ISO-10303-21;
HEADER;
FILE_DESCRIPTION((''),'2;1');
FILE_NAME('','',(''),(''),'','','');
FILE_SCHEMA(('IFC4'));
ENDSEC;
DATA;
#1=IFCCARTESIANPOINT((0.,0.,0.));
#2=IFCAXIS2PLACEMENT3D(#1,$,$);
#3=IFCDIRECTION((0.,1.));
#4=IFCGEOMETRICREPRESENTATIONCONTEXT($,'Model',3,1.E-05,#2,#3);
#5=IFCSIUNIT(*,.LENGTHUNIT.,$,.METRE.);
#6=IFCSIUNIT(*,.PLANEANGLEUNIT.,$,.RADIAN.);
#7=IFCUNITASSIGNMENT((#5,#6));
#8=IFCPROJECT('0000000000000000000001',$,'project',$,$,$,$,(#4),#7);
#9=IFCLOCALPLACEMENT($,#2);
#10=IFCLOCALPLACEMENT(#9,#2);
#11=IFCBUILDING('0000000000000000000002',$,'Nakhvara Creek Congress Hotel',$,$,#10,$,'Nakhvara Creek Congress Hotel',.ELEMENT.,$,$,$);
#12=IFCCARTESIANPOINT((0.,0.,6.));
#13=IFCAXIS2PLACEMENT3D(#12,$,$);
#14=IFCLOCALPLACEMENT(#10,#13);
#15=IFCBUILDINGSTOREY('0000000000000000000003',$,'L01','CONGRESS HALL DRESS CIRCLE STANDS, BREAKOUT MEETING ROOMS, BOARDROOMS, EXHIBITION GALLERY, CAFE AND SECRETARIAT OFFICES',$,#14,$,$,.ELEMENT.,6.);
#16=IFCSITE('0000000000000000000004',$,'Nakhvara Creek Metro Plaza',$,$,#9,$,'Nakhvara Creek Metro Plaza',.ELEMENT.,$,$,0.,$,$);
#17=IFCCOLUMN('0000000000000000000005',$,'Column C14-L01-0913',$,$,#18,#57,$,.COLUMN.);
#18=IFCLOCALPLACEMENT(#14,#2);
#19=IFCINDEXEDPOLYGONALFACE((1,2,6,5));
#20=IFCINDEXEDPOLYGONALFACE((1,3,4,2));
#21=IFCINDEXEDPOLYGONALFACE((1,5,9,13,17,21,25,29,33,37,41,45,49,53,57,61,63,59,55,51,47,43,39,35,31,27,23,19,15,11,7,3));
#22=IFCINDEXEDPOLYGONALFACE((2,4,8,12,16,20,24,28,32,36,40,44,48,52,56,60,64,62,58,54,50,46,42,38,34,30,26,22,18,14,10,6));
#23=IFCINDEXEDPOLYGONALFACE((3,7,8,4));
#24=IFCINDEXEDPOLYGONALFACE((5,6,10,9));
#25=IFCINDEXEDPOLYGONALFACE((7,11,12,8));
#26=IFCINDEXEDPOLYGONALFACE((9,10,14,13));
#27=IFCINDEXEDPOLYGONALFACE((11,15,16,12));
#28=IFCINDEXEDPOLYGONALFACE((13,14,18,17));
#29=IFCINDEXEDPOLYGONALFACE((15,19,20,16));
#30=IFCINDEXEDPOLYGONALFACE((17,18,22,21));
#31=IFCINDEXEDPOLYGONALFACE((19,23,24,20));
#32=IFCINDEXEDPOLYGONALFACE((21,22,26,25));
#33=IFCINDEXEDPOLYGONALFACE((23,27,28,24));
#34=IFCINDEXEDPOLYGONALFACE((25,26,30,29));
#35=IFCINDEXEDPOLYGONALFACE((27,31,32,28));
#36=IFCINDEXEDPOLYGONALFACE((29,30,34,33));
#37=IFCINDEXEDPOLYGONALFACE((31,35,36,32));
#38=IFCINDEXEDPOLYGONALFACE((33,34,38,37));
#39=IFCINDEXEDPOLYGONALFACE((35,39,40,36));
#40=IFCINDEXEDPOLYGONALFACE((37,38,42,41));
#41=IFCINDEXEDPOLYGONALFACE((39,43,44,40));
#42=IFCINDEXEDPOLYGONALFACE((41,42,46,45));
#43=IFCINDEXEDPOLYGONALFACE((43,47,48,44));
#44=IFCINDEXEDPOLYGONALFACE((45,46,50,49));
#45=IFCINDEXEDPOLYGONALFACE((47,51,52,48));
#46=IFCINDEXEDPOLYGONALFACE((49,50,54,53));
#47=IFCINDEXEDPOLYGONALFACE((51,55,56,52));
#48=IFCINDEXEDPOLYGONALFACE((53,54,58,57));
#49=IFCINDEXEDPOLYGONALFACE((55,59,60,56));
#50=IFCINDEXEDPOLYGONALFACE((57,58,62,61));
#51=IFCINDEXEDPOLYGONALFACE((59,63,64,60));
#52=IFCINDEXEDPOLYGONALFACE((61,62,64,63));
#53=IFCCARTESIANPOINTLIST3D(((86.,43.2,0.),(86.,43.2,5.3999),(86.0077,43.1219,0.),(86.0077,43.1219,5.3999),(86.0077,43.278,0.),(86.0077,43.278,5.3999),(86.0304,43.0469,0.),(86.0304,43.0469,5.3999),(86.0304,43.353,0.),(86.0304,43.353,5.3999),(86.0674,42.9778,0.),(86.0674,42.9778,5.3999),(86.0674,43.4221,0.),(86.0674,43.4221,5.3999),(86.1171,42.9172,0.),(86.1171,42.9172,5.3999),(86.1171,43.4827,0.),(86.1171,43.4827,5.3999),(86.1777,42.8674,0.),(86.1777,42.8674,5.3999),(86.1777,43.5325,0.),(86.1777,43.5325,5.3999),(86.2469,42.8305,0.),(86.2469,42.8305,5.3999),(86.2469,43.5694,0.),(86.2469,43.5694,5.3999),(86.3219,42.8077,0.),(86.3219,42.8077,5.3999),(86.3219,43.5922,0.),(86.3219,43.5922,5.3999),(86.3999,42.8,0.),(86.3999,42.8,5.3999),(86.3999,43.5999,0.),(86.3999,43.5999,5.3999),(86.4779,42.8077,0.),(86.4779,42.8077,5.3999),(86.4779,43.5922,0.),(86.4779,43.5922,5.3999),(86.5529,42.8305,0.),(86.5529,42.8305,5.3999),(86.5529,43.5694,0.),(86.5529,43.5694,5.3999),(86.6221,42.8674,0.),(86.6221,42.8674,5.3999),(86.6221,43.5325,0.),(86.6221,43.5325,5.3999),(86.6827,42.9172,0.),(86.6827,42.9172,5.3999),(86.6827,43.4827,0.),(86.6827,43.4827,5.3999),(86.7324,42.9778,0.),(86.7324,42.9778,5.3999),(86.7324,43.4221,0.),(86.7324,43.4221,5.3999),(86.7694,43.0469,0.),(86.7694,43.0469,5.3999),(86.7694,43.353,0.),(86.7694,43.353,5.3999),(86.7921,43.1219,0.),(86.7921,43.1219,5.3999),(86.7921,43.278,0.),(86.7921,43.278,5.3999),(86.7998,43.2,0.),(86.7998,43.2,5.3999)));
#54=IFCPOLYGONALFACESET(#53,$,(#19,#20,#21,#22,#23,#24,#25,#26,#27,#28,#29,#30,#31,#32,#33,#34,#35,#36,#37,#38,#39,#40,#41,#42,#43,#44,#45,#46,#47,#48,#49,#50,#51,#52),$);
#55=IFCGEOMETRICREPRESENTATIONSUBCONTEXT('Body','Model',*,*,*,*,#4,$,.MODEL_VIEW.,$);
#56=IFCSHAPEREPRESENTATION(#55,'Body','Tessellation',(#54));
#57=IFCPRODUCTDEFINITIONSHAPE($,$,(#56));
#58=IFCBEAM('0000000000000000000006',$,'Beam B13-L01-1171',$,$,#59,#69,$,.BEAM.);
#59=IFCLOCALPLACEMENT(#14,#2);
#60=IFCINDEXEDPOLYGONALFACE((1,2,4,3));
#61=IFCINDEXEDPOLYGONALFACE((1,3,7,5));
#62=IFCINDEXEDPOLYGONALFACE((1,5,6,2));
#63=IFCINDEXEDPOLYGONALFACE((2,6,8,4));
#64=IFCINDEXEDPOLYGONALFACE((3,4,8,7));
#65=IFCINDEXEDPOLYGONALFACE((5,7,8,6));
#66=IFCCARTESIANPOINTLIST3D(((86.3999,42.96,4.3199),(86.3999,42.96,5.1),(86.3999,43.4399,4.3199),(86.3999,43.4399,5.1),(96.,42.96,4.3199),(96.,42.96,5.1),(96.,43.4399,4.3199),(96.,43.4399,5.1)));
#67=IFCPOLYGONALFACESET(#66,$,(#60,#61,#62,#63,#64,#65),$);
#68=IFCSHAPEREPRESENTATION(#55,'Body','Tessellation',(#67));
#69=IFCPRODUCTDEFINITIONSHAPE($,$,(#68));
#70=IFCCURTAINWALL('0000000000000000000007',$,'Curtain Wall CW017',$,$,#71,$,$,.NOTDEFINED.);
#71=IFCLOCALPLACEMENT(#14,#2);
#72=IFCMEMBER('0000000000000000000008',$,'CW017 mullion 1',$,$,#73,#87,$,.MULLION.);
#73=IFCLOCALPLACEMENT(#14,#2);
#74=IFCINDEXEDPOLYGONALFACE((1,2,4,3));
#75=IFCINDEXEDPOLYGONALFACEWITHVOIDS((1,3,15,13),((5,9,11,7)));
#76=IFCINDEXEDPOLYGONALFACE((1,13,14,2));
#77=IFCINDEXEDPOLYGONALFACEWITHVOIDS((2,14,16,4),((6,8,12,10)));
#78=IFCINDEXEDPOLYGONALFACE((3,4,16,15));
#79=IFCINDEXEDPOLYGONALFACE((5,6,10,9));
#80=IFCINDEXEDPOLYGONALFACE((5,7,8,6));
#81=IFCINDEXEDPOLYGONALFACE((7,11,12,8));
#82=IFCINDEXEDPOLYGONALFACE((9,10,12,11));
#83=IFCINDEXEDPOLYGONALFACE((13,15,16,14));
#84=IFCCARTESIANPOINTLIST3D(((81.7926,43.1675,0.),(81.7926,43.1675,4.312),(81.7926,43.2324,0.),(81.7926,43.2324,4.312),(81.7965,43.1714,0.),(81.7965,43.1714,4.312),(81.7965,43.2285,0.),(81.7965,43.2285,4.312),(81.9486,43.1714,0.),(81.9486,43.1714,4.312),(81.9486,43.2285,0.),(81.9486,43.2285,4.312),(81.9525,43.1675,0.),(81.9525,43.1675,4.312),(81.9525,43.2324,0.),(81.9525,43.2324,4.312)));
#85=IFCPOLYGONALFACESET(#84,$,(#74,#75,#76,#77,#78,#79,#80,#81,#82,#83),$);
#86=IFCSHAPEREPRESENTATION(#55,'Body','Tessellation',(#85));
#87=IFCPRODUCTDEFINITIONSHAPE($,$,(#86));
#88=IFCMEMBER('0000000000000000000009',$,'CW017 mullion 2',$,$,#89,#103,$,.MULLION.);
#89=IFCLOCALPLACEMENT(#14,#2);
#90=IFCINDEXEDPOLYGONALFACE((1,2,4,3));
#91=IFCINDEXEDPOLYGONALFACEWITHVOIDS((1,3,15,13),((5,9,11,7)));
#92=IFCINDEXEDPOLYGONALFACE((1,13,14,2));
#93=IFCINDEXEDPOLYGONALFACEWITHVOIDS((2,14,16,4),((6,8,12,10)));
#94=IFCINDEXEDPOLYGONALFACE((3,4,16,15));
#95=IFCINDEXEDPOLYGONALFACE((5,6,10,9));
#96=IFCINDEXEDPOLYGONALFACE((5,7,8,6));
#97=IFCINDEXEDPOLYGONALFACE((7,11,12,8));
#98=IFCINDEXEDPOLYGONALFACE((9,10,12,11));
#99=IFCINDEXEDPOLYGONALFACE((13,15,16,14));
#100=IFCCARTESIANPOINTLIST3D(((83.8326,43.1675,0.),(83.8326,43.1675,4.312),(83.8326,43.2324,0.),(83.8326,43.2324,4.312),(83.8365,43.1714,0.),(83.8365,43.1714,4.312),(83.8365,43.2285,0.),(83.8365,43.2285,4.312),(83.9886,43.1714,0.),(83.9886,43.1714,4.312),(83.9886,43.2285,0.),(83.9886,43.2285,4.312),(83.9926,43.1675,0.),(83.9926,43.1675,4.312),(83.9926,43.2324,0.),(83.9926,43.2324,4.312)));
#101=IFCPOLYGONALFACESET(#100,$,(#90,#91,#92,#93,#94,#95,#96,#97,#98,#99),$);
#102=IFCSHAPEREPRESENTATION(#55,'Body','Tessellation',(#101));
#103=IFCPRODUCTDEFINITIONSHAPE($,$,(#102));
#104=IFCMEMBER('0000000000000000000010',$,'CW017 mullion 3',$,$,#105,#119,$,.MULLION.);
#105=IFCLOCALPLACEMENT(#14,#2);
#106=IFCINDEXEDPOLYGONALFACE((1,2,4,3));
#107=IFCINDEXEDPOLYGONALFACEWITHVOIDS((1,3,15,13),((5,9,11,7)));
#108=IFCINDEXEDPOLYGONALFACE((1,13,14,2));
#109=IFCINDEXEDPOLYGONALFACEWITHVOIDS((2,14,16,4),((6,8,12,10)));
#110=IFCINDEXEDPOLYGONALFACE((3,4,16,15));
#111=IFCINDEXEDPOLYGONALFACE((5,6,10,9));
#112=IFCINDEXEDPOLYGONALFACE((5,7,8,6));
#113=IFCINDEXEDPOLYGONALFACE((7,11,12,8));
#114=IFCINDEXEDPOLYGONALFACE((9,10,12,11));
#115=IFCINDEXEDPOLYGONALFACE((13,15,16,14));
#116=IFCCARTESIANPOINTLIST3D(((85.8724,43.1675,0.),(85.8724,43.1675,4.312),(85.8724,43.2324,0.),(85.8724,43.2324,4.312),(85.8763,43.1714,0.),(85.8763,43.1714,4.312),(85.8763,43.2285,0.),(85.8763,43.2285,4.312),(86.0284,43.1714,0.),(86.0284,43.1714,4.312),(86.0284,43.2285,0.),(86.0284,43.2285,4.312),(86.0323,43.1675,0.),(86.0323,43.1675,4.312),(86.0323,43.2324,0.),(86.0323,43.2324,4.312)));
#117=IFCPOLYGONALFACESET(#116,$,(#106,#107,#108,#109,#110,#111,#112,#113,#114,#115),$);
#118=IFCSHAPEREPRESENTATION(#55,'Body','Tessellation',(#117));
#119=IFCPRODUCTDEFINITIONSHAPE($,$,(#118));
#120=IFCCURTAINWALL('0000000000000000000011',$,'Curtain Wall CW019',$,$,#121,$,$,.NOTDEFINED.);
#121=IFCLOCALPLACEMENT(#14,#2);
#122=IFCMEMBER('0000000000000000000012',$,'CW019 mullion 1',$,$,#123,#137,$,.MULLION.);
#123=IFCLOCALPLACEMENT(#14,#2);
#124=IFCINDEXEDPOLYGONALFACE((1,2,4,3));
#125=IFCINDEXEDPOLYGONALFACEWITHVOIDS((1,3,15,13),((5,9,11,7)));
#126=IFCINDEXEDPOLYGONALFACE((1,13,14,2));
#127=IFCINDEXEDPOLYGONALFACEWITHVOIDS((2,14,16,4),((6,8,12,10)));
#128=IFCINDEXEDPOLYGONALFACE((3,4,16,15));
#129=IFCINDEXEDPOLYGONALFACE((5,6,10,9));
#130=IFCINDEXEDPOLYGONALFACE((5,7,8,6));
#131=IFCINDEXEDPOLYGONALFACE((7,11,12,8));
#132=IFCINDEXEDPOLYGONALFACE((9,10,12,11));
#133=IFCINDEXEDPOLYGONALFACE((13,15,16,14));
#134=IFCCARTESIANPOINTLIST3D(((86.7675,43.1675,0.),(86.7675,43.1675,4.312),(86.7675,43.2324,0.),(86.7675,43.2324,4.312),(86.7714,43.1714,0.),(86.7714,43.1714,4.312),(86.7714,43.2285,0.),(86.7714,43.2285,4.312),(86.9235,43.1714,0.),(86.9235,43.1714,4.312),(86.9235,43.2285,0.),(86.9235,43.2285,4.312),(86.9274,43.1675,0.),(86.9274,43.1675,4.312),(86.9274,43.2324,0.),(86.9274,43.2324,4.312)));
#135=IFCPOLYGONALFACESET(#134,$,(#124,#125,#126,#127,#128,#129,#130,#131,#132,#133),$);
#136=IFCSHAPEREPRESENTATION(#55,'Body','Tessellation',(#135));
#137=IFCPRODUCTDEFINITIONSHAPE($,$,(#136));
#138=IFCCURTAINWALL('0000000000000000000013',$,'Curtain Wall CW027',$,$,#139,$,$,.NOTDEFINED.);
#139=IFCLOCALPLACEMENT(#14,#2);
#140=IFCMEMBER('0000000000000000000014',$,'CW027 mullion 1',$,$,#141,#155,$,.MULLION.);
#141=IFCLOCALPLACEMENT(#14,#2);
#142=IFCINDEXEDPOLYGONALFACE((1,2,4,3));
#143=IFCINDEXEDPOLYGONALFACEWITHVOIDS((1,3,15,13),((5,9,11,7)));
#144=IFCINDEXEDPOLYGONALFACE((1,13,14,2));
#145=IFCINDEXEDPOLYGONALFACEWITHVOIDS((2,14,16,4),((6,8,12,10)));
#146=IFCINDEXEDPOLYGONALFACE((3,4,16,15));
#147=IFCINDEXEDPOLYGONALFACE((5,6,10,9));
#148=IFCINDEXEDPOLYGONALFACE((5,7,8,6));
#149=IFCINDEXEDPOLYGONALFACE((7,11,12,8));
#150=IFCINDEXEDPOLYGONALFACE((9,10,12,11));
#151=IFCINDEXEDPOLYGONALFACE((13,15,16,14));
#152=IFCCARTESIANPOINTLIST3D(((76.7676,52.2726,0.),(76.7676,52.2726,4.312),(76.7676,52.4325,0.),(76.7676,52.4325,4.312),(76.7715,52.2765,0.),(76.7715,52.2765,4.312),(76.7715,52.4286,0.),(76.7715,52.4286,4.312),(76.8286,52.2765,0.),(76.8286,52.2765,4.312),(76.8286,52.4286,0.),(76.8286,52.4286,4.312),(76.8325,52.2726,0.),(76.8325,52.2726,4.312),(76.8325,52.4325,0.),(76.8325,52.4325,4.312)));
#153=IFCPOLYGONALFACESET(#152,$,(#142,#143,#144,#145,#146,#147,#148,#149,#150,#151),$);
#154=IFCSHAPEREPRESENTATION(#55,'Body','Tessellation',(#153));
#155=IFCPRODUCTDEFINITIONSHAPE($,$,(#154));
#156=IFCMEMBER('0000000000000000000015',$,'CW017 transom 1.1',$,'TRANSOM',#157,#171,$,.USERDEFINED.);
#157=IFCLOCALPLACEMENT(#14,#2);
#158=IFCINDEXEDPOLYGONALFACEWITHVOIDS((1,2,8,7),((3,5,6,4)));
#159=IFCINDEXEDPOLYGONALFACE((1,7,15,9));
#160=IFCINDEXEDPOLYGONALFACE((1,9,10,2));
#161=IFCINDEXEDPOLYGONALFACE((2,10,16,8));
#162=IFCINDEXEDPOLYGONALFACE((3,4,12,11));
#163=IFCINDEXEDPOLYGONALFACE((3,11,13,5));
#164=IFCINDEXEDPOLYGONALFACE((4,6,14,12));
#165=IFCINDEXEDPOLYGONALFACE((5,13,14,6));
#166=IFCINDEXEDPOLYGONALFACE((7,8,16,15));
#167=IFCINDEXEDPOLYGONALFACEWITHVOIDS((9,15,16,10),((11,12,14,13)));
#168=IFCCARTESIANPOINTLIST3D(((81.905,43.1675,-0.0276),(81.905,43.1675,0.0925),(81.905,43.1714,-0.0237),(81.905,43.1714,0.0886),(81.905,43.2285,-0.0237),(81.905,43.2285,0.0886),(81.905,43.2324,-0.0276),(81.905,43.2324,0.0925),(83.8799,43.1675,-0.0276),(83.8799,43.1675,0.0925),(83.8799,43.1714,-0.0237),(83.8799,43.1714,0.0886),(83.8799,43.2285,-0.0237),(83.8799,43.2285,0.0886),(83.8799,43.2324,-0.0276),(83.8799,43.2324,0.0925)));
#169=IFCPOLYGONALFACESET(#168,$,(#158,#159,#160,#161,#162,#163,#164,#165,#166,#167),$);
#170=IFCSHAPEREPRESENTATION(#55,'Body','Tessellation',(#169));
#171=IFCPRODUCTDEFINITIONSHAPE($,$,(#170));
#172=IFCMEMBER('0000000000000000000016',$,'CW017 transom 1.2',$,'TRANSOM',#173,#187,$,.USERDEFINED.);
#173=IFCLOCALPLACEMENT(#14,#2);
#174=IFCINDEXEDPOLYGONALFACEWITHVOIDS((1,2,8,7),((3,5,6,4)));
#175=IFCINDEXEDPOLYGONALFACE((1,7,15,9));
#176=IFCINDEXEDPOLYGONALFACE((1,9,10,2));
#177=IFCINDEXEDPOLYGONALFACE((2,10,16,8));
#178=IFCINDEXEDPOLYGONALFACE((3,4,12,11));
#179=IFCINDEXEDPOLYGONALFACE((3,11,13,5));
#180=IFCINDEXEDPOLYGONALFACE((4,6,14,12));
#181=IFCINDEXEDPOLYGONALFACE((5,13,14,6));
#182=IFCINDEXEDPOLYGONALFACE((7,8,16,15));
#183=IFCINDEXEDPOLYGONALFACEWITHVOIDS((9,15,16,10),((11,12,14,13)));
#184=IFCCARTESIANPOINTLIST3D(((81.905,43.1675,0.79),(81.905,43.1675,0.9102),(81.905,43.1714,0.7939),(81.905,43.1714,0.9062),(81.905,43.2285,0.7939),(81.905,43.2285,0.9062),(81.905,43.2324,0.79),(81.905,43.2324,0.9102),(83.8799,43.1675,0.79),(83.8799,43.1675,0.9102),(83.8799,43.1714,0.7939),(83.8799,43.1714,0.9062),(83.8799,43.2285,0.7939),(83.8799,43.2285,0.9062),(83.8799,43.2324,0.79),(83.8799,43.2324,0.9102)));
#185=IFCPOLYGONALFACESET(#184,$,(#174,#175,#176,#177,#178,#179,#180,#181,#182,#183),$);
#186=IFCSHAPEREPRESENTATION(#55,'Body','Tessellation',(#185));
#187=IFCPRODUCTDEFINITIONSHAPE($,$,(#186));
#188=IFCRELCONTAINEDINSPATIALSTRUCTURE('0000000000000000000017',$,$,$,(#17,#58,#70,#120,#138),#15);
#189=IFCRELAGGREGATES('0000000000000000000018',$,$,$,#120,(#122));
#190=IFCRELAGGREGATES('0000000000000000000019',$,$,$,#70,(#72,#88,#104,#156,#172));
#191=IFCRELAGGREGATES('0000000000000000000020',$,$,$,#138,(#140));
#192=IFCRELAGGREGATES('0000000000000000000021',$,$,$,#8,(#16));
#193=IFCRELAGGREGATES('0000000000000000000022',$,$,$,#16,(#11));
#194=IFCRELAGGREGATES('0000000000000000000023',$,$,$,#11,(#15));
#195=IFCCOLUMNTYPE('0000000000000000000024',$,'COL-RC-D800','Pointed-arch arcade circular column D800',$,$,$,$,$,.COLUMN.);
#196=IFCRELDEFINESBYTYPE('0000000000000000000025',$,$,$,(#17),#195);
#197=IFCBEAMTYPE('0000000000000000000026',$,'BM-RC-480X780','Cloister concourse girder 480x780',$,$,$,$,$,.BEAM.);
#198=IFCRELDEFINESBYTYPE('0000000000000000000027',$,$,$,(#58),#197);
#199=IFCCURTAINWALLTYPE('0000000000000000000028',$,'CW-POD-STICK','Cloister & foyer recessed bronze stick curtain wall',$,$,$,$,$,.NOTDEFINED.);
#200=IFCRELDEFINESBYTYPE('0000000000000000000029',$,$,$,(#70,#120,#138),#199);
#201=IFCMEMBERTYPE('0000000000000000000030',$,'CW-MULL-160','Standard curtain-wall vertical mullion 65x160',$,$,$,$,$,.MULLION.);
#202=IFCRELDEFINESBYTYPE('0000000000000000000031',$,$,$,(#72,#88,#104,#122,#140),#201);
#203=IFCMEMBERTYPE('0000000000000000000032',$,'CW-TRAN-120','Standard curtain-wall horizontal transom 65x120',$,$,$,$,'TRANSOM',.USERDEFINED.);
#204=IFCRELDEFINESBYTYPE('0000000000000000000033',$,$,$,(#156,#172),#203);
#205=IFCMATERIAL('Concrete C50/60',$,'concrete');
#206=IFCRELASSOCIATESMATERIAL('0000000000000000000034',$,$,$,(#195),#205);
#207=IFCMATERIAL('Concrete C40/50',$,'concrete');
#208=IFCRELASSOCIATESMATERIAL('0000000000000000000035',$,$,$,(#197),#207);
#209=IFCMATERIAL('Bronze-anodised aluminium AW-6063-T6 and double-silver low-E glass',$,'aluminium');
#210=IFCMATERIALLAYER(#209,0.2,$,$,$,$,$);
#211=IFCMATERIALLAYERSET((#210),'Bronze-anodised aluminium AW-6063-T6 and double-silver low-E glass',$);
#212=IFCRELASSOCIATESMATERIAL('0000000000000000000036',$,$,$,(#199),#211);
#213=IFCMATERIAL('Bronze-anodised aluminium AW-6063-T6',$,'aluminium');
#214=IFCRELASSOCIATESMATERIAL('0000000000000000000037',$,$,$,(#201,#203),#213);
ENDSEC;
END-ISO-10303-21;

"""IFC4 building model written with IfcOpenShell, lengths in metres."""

from ifc_helpers import new_model, si_unit, direction, frame, origin, origin_2d, place, context, subcontext, project, spatial, rectangle, hollow_rectangle, circle, extrude, material, layer, layer_set, material_profile, profile_set, type_object, element, aggregate, save


model = new_model("IFC4")

# Units and contexts
model_context = context("Model", 3, precision=1e-05, world=origin(), true_north=direction((0.0, 1.0)))
body_context = subcontext(model_context, "Body", "Model", "MODEL_VIEW")
ifc_project = project(units=[si_unit("LENGTHUNIT", "METRE"), si_unit("PLANEANGLEUNIT", "RADIAN")], contexts=[model_context])

# Site, building, storey
site_placement = place(None, origin())
site = spatial("IfcSite", under=ifc_project, at=site_placement, Name="Nakhvara Creek Metro Plaza", LongName="Nakhvara Creek Metro Plaza", CompositionType="ELEMENT", RefElevation=0.0)
building_placement = place(site_placement, origin())
building = spatial("IfcBuilding", under=site, at=building_placement, Name="Nakhvara Creek Congress Hotel", LongName="Nakhvara Creek Congress Hotel", CompositionType="ELEMENT")
storey_placement = place(building_placement, frame((0.0, 0.0, 6.0)))
storey = spatial("IfcBuildingStorey", under=building, at=storey_placement, Name="L01", Description="CONGRESS HALL DRESS CIRCLE STANDS, BREAKOUT MEETING ROOMS, BOARDROOMS, EXHIBITION GALLERY, CAFE AND SECRETARIAT OFFICES", CompositionType="ELEMENT", Elevation=6.0)

# Column
ifc_material_1 = material(Name="Concrete C50/60", Category="concrete")
ifc_material_profile_1 = material_profile(ifc_material_1, circle(Radius=0.3999, at=origin_2d()), Name="RC-COL D800", Category="LoadBearing")
ifc_profile_set_1 = profile_set([ifc_material_profile_1], Name="Concrete C50/60")
column_type = type_object("IfcColumnType", Name="COL-RC-D800", Description="Pointed-arch arcade circular column D800", PredefinedType="COLUMN", material=ifc_profile_set_1)
column_placement = place(storey_placement, frame((86.3999, 43.2, 0.0), z_axis=(0.0, 0.0, 1.0), x_axis=(1.0, 0.0, 0.0)))
element("IfcColumn", 1, at=column_placement, inside=storey, type_object=column_type, Name="Column C14-L01-0913", PredefinedType="COLUMN", context=body_context, shape_type="SweptSolid", body=[
    extrude(circle(Radius=0.3999, at=origin_2d()), origin(), (0.0, 0.0, 1.0), 5.3999),
])

# Beam
ifc_material_2 = material(Name="Concrete C40/50", Category="concrete")
ifc_material_profile_2 = material_profile(ifc_material_2, rectangle(XDim=0.48, YDim=0.78, at=origin_2d()), Name="RC-BM 480x780", Category="LoadBearing")
ifc_profile_set_2 = profile_set([ifc_material_profile_2], Name="Concrete C40/50")
beam_type = type_object("IfcBeamType", Name="BM-RC-480X780", Description="Cloister concourse girder 480x780", PredefinedType="BEAM", material=ifc_profile_set_2)
beam_placement = place(storey_placement, frame((86.3999, 43.2, 4.71), z_axis=(1.0, 0.0, 0.0), x_axis=(0.0, 1.0, 0.0)))
element("IfcBeam", 2, at=beam_placement, inside=storey, type_object=beam_type, Name="Beam B13-L01-1171", PredefinedType="BEAM", context=body_context, shape_type="SweptSolid", body=[
    extrude(rectangle(XDim=0.48, YDim=0.78, at=origin_2d()), origin(), (0.0, 0.0, 1.0), 9.6001),
])

# Curtain wall, members
ifc_material_3 = material(Name="Bronze-anodised aluminium AW-6063-T6 and double-silver low-E glass", Category="aluminium")
ifc_layer = layer(ifc_material_3, 0.2)
ifc_layer_set = layer_set([ifc_layer], Name="Bronze-anodised aluminium AW-6063-T6 and double-silver low-E glass")
curtain_wall_type = type_object("IfcCurtainWallType", Name="CW-POD-STICK", Description="Cloister & foyer recessed bronze stick curtain wall", PredefinedType="NOTDEFINED", material=ifc_layer_set)
curtain_wall_1_placement = place(storey_placement, origin())
curtain_wall_1 = element("IfcCurtainWall", 3, at=curtain_wall_1_placement, inside=storey, type_object=curtain_wall_type, Name="Curtain Wall CW017", PredefinedType="NOTDEFINED")
ifc_material_4 = material(Name="Bronze-anodised aluminium AW-6063-T6", Category="aluminium")
ifc_material_profile_3 = material_profile(ifc_material_4, hollow_rectangle(XDim=0.0649, YDim=0.1599, WallThickness=0.0039, at=origin_2d()), Name="ALU-MULL 65x160x4", Category="LoadBearing")
ifc_profile_set_3 = profile_set([ifc_material_profile_3], Name="Bronze-anodised aluminium AW-6063-T6")
member_type_1 = type_object("IfcMemberType", Name="CW-MULL-160", Description="Standard curtain-wall vertical mullion 65x160", PredefinedType="MULLION", material=ifc_profile_set_3)
member_1_placement = place(storey_placement, frame((81.8726, 43.2, 0.0), z_axis=(0.0, 0.0, 1.0), x_axis=(0.0, 1.0, 0.0)))
member_1 = element("IfcMember", 4, at=member_1_placement, type_object=member_type_1, Name="CW017 mullion 1", PredefinedType="MULLION", context=body_context, shape_type="SweptSolid", body=[
    extrude(hollow_rectangle(XDim=0.0649, YDim=0.1599, WallThickness=0.0039, at=origin_2d()), origin(), (0.0, 0.0, 1.0), 4.312),
])
member_2_placement = place(storey_placement, frame((83.9126, 43.2, 0.0), z_axis=(0.0, 0.0, 1.0), x_axis=(0.0, 1.0, 0.0)))
member_2 = element("IfcMember", 5, at=member_2_placement, type_object=member_type_1, Name="CW017 mullion 2", PredefinedType="MULLION", context=body_context, shape_type="SweptSolid", body=[
    extrude(hollow_rectangle(XDim=0.0649, YDim=0.1599, WallThickness=0.0039, at=origin_2d()), origin(), (0.0, 0.0, 1.0), 4.312),
])
member_3_placement = place(storey_placement, frame((85.9524, 43.2, 0.0), z_axis=(0.0, 0.0, 1.0), x_axis=(0.0, 1.0, 0.0)))
member_3 = element("IfcMember", 6, at=member_3_placement, type_object=member_type_1, Name="CW017 mullion 3", PredefinedType="MULLION", context=body_context, shape_type="SweptSolid", body=[
    extrude(hollow_rectangle(XDim=0.0649, YDim=0.1599, WallThickness=0.0039, at=origin_2d()), origin(), (0.0, 0.0, 1.0), 4.312),
])

# Curtain walls, members
curtain_wall_2_placement = place(storey_placement, origin())
curtain_wall_2 = element("IfcCurtainWall", 7, at=curtain_wall_2_placement, inside=storey, type_object=curtain_wall_type, Name="Curtain Wall CW019", PredefinedType="NOTDEFINED")
member_4_placement = place(storey_placement, frame((86.8474, 43.2, 0.0), z_axis=(0.0, 0.0, 1.0), x_axis=(0.0, 1.0, 0.0)))
member_4 = element("IfcMember", 8, at=member_4_placement, type_object=member_type_1, Name="CW019 mullion 1", PredefinedType="MULLION", context=body_context, shape_type="SweptSolid", body=[
    extrude(hollow_rectangle(XDim=0.0649, YDim=0.1599, WallThickness=0.0039, at=origin_2d()), origin(), (0.0, 0.0, 1.0), 4.312),
])
curtain_wall_3_placement = place(storey_placement, origin())
curtain_wall_3 = element("IfcCurtainWall", 9, at=curtain_wall_3_placement, inside=storey, type_object=curtain_wall_type, Name="Curtain Wall CW027", PredefinedType="NOTDEFINED")
member_5_placement = place(storey_placement, frame((76.8, 52.3525, 0.0), z_axis=(0.0, 0.0, 1.0), x_axis=(1.0, 0.0, 0.0)))
member_5 = element("IfcMember", 10, at=member_5_placement, type_object=member_type_1, Name="CW027 mullion 1", PredefinedType="MULLION", context=body_context, shape_type="SweptSolid", body=[
    extrude(hollow_rectangle(XDim=0.0649, YDim=0.1599, WallThickness=0.0039, at=origin_2d()), origin(), (0.0, 0.0, 1.0), 4.312),
])

# Members
ifc_material_profile_4 = material_profile(ifc_material_4, hollow_rectangle(XDim=0.0649, YDim=0.1201, WallThickness=0.0039, at=origin_2d()), Name="ALU-TRAN 65x120x4", Category="LoadBearing")
ifc_profile_set_4 = profile_set([ifc_material_profile_4], Name="Bronze-anodised aluminium AW-6063-T6")
member_type_2 = type_object("IfcMemberType", Name="CW-TRAN-120", Description="Standard curtain-wall horizontal transom 65x120", ElementType="TRANSOM", PredefinedType="USERDEFINED", material=ifc_profile_set_4)
member_6_placement = place(storey_placement, frame((81.905, 43.2, 0.0325), z_axis=(1.0, 0.0, 0.0), x_axis=(0.0, 1.0, 0.0)))
member_6 = element("IfcMember", 11, at=member_6_placement, type_object=member_type_2, Name="CW017 transom 1.1", ObjectType="TRANSOM", PredefinedType="USERDEFINED", context=body_context, shape_type="SweptSolid", body=[
    extrude(hollow_rectangle(XDim=0.0649, YDim=0.1201, WallThickness=0.0039, at=origin_2d()), origin(), (0.0, 0.0, 1.0), 1.9749),
])
member_7_placement = place(storey_placement, frame((81.905, 43.2, 0.8501), z_axis=(1.0, 0.0, 0.0), x_axis=(0.0, 1.0, 0.0)))
member_7 = element("IfcMember", 12, at=member_7_placement, type_object=member_type_2, Name="CW017 transom 1.2", ObjectType="TRANSOM", PredefinedType="USERDEFINED", context=body_context, shape_type="SweptSolid", body=[
    extrude(hollow_rectangle(XDim=0.0649, YDim=0.1201, WallThickness=0.0039, at=origin_2d()), origin(), (0.0, 0.0, 1.0), 1.9749),
])
aggregate(curtain_wall_2, [member_4])

aggregate(curtain_wall_1, [member_1, member_2, member_3, member_6, member_7])
aggregate(curtain_wall_3, [member_5])

save(model, "model.ifc")
